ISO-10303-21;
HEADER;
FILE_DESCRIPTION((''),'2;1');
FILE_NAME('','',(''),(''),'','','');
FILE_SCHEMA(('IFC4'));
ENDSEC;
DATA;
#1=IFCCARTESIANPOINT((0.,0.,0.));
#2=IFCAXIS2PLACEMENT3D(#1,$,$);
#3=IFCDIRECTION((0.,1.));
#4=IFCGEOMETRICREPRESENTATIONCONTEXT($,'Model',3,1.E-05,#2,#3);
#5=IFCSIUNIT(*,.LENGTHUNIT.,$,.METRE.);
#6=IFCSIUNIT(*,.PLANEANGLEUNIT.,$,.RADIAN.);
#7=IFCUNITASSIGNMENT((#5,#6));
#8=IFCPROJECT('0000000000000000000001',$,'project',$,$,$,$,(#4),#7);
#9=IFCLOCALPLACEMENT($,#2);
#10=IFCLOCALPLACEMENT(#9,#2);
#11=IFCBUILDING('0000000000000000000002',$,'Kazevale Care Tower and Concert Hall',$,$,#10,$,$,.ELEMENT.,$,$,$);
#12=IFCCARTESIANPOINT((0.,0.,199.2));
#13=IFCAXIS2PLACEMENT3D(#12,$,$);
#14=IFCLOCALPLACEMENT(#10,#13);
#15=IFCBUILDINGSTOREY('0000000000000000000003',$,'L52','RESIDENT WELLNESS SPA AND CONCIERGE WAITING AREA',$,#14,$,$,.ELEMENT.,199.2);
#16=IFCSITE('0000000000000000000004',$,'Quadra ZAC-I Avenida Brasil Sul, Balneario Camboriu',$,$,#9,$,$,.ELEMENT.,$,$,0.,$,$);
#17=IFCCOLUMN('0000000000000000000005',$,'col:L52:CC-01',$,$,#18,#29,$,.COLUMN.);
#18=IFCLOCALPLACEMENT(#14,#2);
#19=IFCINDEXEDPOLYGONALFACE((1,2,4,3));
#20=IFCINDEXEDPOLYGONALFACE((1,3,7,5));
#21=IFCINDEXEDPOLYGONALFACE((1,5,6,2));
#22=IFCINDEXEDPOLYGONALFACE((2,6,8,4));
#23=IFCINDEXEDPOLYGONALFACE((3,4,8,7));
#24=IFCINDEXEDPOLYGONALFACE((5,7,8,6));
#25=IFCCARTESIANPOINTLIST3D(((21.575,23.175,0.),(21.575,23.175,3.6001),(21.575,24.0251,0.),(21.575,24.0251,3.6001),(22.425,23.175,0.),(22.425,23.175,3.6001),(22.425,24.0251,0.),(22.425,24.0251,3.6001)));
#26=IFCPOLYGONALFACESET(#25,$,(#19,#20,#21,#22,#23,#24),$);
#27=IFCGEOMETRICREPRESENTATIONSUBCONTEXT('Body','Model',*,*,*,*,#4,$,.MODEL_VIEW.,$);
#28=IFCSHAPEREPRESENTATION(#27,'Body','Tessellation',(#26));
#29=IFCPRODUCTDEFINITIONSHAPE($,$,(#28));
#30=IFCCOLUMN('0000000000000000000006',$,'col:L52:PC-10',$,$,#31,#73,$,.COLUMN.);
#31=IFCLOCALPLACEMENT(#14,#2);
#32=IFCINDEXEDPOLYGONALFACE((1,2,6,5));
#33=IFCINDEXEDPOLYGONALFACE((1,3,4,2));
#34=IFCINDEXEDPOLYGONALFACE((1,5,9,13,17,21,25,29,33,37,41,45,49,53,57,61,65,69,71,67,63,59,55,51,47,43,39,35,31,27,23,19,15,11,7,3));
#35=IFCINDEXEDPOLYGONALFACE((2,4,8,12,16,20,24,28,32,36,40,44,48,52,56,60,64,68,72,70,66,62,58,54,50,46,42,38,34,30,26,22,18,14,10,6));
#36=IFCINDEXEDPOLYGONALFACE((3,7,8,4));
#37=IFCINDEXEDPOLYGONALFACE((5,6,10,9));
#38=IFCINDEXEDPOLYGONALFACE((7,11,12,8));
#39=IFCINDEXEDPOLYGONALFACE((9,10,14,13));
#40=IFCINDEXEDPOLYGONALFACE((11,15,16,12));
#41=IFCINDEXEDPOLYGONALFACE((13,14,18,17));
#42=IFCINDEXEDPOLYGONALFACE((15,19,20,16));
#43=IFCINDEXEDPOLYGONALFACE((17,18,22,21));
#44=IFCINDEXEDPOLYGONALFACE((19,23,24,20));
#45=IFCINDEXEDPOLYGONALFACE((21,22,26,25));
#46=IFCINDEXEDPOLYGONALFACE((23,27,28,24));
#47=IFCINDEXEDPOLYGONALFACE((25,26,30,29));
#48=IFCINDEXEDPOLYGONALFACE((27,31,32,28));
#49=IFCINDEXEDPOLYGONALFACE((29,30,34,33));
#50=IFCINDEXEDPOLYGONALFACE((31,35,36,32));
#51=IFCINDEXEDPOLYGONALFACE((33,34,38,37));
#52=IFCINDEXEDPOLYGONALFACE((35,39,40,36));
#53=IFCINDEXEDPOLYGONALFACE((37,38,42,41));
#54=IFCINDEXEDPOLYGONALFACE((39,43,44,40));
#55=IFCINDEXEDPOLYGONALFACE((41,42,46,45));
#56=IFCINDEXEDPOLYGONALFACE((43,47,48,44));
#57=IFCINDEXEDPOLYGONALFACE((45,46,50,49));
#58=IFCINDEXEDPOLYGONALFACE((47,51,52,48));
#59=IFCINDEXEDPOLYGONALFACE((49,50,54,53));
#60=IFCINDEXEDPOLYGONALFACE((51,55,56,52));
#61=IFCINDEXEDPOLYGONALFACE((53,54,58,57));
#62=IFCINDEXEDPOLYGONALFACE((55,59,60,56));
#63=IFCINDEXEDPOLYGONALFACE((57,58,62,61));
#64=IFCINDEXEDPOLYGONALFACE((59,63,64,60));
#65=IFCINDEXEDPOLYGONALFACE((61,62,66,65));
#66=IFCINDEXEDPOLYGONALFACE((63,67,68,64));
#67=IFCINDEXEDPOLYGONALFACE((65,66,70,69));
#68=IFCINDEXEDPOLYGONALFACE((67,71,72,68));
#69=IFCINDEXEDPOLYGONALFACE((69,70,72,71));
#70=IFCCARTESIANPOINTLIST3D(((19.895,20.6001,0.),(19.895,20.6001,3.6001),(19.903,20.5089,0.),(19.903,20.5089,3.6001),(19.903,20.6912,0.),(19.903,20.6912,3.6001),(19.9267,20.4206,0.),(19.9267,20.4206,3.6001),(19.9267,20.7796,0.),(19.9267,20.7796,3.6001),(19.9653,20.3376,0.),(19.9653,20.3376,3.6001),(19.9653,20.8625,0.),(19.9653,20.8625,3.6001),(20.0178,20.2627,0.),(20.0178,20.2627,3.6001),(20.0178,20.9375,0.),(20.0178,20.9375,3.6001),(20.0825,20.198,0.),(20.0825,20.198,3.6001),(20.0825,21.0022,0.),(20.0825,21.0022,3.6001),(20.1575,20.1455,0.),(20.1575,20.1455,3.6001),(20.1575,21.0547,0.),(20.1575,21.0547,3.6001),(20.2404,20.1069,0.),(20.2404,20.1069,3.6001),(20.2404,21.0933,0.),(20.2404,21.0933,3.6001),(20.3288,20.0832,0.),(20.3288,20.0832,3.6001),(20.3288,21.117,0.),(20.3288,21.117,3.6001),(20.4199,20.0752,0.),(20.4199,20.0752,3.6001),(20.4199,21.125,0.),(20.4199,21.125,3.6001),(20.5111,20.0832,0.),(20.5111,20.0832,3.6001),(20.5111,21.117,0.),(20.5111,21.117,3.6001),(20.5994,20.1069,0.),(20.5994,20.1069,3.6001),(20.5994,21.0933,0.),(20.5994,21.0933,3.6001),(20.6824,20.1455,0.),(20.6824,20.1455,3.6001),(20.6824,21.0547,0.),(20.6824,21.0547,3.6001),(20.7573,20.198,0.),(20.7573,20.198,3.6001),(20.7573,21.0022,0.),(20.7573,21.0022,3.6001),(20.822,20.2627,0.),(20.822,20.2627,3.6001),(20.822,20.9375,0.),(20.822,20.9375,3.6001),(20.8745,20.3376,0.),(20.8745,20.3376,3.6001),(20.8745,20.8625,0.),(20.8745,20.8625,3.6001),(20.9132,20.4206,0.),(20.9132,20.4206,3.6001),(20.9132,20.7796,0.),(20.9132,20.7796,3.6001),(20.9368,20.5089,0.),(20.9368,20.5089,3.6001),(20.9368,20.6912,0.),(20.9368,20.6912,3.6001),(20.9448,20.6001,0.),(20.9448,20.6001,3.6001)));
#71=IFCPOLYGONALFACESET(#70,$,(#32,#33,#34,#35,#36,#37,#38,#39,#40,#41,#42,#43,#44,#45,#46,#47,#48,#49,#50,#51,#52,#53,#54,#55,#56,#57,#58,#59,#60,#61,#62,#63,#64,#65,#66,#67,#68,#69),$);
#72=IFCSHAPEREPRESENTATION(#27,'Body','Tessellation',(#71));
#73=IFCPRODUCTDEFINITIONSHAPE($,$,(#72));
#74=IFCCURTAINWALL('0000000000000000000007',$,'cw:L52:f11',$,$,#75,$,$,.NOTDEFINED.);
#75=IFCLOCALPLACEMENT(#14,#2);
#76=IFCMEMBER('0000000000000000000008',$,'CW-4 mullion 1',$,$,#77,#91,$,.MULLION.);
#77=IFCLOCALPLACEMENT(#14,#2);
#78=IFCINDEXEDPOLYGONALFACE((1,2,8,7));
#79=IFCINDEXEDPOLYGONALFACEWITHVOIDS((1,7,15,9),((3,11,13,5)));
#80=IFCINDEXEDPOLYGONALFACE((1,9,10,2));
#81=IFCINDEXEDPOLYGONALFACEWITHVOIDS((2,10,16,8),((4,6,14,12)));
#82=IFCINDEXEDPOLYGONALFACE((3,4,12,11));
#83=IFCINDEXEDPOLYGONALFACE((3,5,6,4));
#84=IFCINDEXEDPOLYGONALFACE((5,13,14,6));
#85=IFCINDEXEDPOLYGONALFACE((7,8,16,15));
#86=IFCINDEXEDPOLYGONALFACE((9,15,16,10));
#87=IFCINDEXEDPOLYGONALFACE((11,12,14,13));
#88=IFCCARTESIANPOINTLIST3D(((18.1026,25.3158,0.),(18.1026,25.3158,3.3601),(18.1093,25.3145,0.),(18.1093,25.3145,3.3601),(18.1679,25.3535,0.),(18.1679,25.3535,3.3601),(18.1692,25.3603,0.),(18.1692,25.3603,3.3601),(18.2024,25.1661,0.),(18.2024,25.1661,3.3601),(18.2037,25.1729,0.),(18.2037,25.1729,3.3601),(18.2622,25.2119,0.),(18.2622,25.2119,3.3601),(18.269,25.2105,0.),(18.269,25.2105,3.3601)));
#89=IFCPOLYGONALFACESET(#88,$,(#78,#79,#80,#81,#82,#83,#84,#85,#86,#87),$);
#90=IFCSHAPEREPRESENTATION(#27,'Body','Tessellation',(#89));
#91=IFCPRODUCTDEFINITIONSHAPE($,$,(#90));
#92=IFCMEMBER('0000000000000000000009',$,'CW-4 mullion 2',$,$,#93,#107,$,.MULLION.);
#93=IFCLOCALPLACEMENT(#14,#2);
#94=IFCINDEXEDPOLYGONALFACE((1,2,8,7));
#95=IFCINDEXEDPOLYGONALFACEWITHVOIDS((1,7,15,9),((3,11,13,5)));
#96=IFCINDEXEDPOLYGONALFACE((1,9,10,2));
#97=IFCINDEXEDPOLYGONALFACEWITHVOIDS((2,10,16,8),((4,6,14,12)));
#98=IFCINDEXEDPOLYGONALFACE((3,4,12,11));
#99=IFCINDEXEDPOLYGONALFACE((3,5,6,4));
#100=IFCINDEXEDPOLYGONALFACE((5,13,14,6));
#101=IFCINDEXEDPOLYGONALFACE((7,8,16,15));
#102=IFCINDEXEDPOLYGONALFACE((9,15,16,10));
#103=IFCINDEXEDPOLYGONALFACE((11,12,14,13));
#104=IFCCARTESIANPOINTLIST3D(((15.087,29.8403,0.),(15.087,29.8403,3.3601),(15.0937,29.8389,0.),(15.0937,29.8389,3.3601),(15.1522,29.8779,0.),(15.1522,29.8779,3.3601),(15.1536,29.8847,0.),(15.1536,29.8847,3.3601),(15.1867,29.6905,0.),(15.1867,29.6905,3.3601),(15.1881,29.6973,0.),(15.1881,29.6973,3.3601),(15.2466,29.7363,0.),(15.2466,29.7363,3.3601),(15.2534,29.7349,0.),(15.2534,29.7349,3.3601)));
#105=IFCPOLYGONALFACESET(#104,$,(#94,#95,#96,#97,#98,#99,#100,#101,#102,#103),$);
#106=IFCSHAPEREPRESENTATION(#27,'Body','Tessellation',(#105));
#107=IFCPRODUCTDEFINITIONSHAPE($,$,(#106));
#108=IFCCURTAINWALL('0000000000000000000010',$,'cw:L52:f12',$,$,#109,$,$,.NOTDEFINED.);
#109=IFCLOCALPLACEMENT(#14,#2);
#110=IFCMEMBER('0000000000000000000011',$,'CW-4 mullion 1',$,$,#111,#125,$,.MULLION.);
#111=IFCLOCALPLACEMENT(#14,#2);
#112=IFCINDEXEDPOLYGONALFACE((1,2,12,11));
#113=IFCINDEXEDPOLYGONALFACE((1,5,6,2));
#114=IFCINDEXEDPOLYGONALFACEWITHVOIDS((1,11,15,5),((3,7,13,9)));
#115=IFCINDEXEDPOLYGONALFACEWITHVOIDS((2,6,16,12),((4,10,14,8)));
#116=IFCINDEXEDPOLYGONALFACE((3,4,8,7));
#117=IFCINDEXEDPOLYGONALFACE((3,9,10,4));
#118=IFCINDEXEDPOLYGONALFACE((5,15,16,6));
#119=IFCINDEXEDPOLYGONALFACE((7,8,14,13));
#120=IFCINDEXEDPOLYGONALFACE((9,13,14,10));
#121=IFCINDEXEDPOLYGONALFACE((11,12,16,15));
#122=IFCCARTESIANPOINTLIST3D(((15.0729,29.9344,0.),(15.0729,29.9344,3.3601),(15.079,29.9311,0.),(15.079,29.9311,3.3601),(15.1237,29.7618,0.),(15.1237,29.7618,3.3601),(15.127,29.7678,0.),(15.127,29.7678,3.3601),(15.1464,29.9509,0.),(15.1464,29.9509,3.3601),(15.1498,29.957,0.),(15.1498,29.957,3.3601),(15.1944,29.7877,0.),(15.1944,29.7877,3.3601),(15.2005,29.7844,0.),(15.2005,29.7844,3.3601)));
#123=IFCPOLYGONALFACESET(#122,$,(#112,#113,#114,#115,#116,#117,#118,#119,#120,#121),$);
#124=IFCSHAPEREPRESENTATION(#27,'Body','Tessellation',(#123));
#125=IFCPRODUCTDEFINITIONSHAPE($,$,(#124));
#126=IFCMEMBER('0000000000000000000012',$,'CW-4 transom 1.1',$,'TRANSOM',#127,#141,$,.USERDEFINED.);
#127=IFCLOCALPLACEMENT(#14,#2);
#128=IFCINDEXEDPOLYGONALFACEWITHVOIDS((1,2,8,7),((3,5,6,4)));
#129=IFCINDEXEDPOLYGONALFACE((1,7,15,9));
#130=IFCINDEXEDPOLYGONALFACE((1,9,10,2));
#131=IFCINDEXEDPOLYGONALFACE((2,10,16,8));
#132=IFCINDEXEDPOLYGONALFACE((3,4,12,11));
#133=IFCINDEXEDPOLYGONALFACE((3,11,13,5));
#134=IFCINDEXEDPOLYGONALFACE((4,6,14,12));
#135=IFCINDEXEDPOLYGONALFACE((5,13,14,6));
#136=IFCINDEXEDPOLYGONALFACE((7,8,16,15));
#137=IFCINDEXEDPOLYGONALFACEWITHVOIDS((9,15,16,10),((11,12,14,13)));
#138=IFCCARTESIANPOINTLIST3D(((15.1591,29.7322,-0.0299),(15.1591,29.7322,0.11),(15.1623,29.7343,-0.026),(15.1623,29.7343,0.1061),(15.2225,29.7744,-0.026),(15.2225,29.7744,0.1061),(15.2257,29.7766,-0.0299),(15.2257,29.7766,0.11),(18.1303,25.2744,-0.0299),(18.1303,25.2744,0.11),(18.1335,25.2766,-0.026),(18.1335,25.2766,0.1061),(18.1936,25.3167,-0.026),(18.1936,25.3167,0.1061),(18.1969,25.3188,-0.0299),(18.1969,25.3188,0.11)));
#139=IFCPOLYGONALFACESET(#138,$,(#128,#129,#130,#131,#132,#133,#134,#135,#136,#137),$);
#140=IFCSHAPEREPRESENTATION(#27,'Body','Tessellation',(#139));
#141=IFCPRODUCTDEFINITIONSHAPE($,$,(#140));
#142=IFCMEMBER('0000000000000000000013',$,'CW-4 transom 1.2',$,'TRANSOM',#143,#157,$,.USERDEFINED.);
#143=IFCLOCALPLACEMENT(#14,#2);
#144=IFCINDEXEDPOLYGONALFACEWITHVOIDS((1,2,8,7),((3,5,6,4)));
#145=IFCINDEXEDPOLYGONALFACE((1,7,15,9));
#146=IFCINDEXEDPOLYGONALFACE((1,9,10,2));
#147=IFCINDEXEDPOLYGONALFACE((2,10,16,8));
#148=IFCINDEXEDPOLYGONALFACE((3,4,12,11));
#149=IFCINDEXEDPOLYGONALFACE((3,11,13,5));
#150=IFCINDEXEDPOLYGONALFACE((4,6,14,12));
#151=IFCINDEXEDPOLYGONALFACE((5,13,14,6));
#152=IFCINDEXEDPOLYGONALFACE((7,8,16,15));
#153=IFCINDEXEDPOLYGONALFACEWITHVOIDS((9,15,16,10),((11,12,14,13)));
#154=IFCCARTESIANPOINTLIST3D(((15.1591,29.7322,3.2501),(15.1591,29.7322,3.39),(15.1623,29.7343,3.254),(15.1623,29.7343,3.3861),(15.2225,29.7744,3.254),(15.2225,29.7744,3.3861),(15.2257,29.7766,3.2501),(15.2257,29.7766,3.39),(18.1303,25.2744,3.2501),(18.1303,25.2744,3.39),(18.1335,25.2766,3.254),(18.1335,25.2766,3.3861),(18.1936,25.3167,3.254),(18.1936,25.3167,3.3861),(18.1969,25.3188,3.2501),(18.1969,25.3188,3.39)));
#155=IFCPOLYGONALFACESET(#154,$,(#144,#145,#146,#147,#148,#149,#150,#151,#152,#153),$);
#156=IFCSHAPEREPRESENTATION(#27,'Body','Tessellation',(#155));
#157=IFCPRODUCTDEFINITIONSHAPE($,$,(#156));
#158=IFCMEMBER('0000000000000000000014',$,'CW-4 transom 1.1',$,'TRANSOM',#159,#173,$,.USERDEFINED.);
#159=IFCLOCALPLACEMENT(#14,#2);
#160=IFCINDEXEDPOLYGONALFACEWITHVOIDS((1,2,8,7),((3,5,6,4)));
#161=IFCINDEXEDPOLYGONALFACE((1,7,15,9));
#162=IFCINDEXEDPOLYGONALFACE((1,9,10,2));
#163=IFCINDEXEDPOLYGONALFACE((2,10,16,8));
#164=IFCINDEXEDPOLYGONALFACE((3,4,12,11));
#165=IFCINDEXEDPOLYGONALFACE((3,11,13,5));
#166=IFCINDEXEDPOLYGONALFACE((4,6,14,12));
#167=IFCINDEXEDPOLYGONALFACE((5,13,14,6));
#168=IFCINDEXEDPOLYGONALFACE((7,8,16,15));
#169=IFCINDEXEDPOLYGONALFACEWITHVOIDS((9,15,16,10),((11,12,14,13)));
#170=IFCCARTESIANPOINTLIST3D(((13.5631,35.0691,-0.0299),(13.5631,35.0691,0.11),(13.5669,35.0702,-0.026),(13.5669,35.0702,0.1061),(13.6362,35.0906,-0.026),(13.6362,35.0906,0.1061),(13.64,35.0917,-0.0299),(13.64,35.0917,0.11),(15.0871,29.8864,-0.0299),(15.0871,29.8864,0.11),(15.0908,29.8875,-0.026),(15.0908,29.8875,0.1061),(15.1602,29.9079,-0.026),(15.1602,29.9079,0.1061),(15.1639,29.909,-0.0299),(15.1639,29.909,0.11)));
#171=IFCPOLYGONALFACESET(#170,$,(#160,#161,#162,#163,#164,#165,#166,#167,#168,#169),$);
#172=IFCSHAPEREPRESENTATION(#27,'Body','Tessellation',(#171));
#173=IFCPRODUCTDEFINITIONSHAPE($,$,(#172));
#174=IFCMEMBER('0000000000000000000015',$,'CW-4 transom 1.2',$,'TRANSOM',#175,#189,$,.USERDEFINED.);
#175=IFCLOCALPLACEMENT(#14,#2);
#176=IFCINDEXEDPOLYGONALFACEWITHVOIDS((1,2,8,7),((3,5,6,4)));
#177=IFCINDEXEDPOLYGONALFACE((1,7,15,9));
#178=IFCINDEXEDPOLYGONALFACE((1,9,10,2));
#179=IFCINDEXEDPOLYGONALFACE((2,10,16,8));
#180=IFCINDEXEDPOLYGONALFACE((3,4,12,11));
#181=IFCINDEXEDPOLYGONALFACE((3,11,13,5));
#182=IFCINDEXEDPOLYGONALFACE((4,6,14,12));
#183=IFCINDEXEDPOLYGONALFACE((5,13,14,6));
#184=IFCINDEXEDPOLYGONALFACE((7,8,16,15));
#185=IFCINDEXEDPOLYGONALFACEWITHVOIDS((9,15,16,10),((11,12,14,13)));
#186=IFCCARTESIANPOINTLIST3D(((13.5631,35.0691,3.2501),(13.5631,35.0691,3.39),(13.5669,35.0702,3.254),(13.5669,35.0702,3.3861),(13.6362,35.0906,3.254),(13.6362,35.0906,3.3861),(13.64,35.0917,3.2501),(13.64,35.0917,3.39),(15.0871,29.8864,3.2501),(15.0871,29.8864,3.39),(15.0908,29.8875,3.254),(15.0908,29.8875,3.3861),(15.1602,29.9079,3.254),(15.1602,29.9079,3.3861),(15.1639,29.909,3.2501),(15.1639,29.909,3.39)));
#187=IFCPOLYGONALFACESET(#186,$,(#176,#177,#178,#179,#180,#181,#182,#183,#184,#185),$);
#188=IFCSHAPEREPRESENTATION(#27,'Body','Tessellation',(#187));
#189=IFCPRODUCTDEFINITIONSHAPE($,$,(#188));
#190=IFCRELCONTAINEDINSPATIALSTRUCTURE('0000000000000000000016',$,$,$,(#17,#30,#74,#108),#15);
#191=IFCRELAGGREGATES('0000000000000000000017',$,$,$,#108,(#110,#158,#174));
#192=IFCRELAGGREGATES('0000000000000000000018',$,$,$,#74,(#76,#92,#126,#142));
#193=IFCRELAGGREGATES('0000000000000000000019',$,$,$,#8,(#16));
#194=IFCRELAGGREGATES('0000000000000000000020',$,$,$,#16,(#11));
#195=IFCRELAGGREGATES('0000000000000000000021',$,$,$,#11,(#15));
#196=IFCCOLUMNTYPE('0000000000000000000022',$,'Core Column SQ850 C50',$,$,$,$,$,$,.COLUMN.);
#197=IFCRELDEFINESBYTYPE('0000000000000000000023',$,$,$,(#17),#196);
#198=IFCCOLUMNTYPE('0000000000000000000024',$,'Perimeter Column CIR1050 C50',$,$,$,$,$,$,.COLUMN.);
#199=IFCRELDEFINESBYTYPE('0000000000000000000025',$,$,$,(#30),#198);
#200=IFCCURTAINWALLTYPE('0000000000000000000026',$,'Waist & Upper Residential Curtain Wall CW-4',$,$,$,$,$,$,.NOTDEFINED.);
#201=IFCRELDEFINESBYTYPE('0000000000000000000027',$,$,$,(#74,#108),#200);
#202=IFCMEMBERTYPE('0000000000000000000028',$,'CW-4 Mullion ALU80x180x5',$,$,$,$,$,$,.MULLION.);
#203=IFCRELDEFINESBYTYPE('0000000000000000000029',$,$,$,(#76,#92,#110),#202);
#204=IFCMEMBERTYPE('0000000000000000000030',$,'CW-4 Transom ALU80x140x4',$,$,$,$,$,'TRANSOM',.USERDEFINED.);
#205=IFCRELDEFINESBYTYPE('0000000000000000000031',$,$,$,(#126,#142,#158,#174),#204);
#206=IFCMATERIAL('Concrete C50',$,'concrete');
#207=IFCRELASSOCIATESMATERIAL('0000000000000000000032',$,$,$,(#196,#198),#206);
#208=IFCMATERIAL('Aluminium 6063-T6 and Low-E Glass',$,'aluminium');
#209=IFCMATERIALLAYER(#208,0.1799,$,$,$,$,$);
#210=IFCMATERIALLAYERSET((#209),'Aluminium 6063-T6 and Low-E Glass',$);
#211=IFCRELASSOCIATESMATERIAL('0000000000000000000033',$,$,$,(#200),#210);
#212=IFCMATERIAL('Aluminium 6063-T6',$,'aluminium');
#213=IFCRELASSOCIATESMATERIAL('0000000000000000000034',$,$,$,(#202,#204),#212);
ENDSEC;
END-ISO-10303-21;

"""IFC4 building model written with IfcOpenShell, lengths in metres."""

from ifc_helpers import new_model, si_unit, direction, frame, origin, origin_2d, place, context, subcontext, project, spatial, rectangle, hollow_rectangle, circle, extrude, material, layer, layer_set, material_profile, profile_set, type_object, element, aggregate, save


model = new_model("IFC4")

# Units and contexts
model_context = context("Model", 3, precision=1e-05, world=origin(), true_north=direction((0.0, 1.0)))
body_context = subcontext(model_context, "Body", "Model", "MODEL_VIEW")
ifc_project = project(units=[si_unit("LENGTHUNIT", "METRE"), si_unit("PLANEANGLEUNIT", "RADIAN")], contexts=[model_context])

# Site, building, storey
site_placement = place(None, origin())
site = spatial("IfcSite", under=ifc_project, at=site_placement, Name="Quadra ZAC-I Avenida Brasil Sul, Balneario Camboriu", CompositionType="ELEMENT", RefElevation=0.0)
building_placement = place(site_placement, origin())
building = spatial("IfcBuilding", under=site, at=building_placement, Name="Kazevale Care Tower and Concert Hall", CompositionType="ELEMENT")
storey_placement = place(building_placement, frame((0.0, 0.0, 199.2)))
storey = spatial("IfcBuildingStorey", under=building, at=storey_placement, Name="L52", Description="RESIDENT WELLNESS SPA AND CONCIERGE WAITING AREA", CompositionType="ELEMENT", Elevation=199.2)

# Columns
ifc_material_1 = material(Name="Concrete C50", Category="concrete")
ifc_material_profile_1 = material_profile(ifc_material_1, rectangle(XDim=0.8501, YDim=0.8501, at=origin_2d()), Name="RC-SQ850")
ifc_profile_set_1 = profile_set([ifc_material_profile_1], Name="Concrete C50")
column_type_1 = type_object("IfcColumnType", Name="Core Column SQ850 C50", PredefinedType="COLUMN", material=ifc_profile_set_1)
column_1_placement = place(storey_placement, frame((22.0, 23.6001, 0.0), z_axis=(0.0, 0.0, 1.0), x_axis=(1.0, 0.0, 0.0)))
element("IfcColumn", 1, at=column_1_placement, inside=storey, type_object=column_type_1, Name="col:L52:CC-01", PredefinedType="COLUMN", context=body_context, shape_type="SweptSolid", body=[
    extrude(rectangle(XDim=0.8501, YDim=0.8501, at=origin_2d()), origin(), (0.0, 0.0, 1.0), 3.6001),
])
ifc_material_profile_2 = material_profile(ifc_material_1, circle(Radius=0.5249, at=origin_2d()), Name="RC-CIR1050")
ifc_profile_set_2 = profile_set([ifc_material_profile_2], Name="Concrete C50")
column_type_2 = type_object("IfcColumnType", Name="Perimeter Column CIR1050 C50", PredefinedType="COLUMN", material=ifc_profile_set_2)
column_2_placement = place(storey_placement, frame((20.4199, 20.6001, 0.0), z_axis=(0.0, 0.0, 1.0), x_axis=(1.0, 0.0, 0.0)))
element("IfcColumn", 2, at=column_2_placement, inside=storey, type_object=column_type_2, Name="col:L52:PC-10", PredefinedType="COLUMN", context=body_context, shape_type="SweptSolid", body=[
    extrude(circle(Radius=0.5249, at=origin_2d()), origin(), (0.0, 0.0, 1.0), 3.6001),
])

# Curtain wall, members
ifc_material_2 = material(Name="Aluminium 6063-T6 and Low-E Glass", Category="aluminium")
ifc_layer_1 = layer(ifc_material_2, 0.1799)
ifc_layer_set_1 = layer_set([ifc_layer_1], Name="Aluminium 6063-T6 and Low-E Glass")
curtain_wall_type_1 = type_object("IfcCurtainWallType", Name="Waist & Upper Residential Curtain Wall CW-4", PredefinedType="NOTDEFINED", material=ifc_layer_set_1)
curtain_wall_1_placement = place(storey_placement, origin())
curtain_wall_1 = element("IfcCurtainWall", 3, at=curtain_wall_1_placement, inside=storey, type_object=curtain_wall_type_1, Name="cw:L52:f11", PredefinedType="NOTDEFINED")
ifc_material_3 = material(Name="Aluminium 6063-T6", Category="aluminium")
ifc_material_profile_3 = material_profile(ifc_material_3, hollow_rectangle(XDim=0.0801, YDim=0.1799, WallThickness=0.0049, at=origin_2d()), Name="ALU80x180x5")
ifc_profile_set_3 = profile_set([ifc_material_profile_3], Name="Aluminium 6063-T6")
member_type_1 = type_object("IfcMemberType", Name="CW-4 Mullion ALU80x180x5", PredefinedType="MULLION", material=ifc_profile_set_3)
member_1_placement = place(storey_placement, frame((18.1858, 25.2632, 0.0), z_axis=(0.0, 0.0, 1.0), x_axis=(-0.832106, -0.554617, 0.0)))
member_1 = element("IfcMember", 4, at=member_1_placement, type_object=member_type_1, Name="CW-4 mullion 1", PredefinedType="MULLION", context=body_context, shape_type="SweptSolid", body=[
    extrude(hollow_rectangle(XDim=0.0801, YDim=0.1799, WallThickness=0.0049, at=origin_2d()), origin(), (0.0, 0.0, 1.0), 3.3601),
])
member_2_placement = place(storey_placement, frame((15.1702, 29.7876, 0.0), z_axis=(0.0, 0.0, 1.0), x_axis=(-0.832106, -0.554617, 0.0)))
member_2 = element("IfcMember", 5, at=member_2_placement, type_object=member_type_1, Name="CW-4 mullion 2", PredefinedType="MULLION", context=body_context, shape_type="SweptSolid", body=[
    extrude(hollow_rectangle(XDim=0.0801, YDim=0.1799, WallThickness=0.0049, at=origin_2d()), origin(), (0.0, 0.0, 1.0), 3.3601),
])

# Curtain wall, member
curtain_wall_2_placement = place(storey_placement, origin())
curtain_wall_2 = element("IfcCurtainWall", 6, at=curtain_wall_2_placement, inside=storey, type_object=curtain_wall_type_1, Name="cw:L52:f12", PredefinedType="NOTDEFINED")
member_3_placement = place(storey_placement, frame((15.1367, 29.8594, 0.0), z_axis=(0.0, 0.0, 1.0), x_axis=(-0.959386, -0.282098, 0.0)))
member_3 = element("IfcMember", 7, at=member_3_placement, type_object=member_type_1, Name="CW-4 mullion 1", PredefinedType="MULLION", context=body_context, shape_type="SweptSolid", body=[
    extrude(hollow_rectangle(XDim=0.0801, YDim=0.1799, WallThickness=0.0049, at=origin_2d()), origin(), (0.0, 0.0, 1.0), 3.3601),
])

# Members
ifc_material_profile_4 = material_profile(ifc_material_3, hollow_rectangle(XDim=0.0801, YDim=0.1399, WallThickness=0.0039, at=origin_2d()), Name="ALU80x140x4")
ifc_profile_set_4 = profile_set([ifc_material_profile_4], Name="Aluminium 6063-T6")
member_type_2 = type_object("IfcMemberType", Name="CW-4 Transom ALU80x140x4", ElementType="TRANSOM", PredefinedType="USERDEFINED", material=ifc_profile_set_4)
member_4_placement = place(storey_placement, frame((18.1636, 25.2966, 0.04), z_axis=(-0.554616, 0.832106, 0.0), x_axis=(-0.832106, -0.554616, 0.0)))
member_4 = element("IfcMember", 8, at=member_4_placement, type_object=member_type_2, Name="CW-4 transom 1.1", ObjectType="TRANSOM", PredefinedType="USERDEFINED", context=body_context, shape_type="SweptSolid", body=[
    extrude(hollow_rectangle(XDim=0.0801, YDim=0.1399, WallThickness=0.0039, at=origin_2d()), origin(), (0.0, 0.0, 1.0), 5.3572),
])
member_5_placement = place(storey_placement, frame((18.1636, 25.2966, 3.3201), z_axis=(-0.554616, 0.832106, 0.0), x_axis=(-0.832106, -0.554616, 0.0)))
member_5 = element("IfcMember", 9, at=member_5_placement, type_object=member_type_2, Name="CW-4 transom 1.2", ObjectType="TRANSOM", PredefinedType="USERDEFINED", context=body_context, shape_type="SweptSolid", body=[
    extrude(hollow_rectangle(XDim=0.0801, YDim=0.1399, WallThickness=0.0039, at=origin_2d()), origin(), (0.0, 0.0, 1.0), 5.3572),
])
member_6_placement = place(storey_placement, frame((15.1255, 29.8977, 0.04), z_axis=(-0.282103, 0.959384, 0.0), x_axis=(-0.959384, -0.282103, 0.0)))
member_6 = element("IfcMember", 10, at=member_6_placement, type_object=member_type_2, Name="CW-4 transom 1.1", ObjectType="TRANSOM", PredefinedType="USERDEFINED", context=body_context, shape_type="SweptSolid", body=[
    extrude(hollow_rectangle(XDim=0.0801, YDim=0.1399, WallThickness=0.0039, at=origin_2d()), origin(), (0.0, 0.0, 1.0), 5.4021),
])
member_7_placement = place(storey_placement, frame((15.1255, 29.8977, 3.3201), z_axis=(-0.282103, 0.959384, 0.0), x_axis=(-0.959384, -0.282103, 0.0)))
member_7 = element("IfcMember", 11, at=member_7_placement, type_object=member_type_2, Name="CW-4 transom 1.2", ObjectType="TRANSOM", PredefinedType="USERDEFINED", context=body_context, shape_type="SweptSolid", body=[
    extrude(hollow_rectangle(XDim=0.0801, YDim=0.1399, WallThickness=0.0039, at=origin_2d()), origin(), (0.0, 0.0, 1.0), 5.4021),
])
aggregate(curtain_wall_2, [member_3, member_6, member_7])

aggregate(curtain_wall_1, [member_1, member_2, member_4, member_5])

save(model, "model.ifc")
